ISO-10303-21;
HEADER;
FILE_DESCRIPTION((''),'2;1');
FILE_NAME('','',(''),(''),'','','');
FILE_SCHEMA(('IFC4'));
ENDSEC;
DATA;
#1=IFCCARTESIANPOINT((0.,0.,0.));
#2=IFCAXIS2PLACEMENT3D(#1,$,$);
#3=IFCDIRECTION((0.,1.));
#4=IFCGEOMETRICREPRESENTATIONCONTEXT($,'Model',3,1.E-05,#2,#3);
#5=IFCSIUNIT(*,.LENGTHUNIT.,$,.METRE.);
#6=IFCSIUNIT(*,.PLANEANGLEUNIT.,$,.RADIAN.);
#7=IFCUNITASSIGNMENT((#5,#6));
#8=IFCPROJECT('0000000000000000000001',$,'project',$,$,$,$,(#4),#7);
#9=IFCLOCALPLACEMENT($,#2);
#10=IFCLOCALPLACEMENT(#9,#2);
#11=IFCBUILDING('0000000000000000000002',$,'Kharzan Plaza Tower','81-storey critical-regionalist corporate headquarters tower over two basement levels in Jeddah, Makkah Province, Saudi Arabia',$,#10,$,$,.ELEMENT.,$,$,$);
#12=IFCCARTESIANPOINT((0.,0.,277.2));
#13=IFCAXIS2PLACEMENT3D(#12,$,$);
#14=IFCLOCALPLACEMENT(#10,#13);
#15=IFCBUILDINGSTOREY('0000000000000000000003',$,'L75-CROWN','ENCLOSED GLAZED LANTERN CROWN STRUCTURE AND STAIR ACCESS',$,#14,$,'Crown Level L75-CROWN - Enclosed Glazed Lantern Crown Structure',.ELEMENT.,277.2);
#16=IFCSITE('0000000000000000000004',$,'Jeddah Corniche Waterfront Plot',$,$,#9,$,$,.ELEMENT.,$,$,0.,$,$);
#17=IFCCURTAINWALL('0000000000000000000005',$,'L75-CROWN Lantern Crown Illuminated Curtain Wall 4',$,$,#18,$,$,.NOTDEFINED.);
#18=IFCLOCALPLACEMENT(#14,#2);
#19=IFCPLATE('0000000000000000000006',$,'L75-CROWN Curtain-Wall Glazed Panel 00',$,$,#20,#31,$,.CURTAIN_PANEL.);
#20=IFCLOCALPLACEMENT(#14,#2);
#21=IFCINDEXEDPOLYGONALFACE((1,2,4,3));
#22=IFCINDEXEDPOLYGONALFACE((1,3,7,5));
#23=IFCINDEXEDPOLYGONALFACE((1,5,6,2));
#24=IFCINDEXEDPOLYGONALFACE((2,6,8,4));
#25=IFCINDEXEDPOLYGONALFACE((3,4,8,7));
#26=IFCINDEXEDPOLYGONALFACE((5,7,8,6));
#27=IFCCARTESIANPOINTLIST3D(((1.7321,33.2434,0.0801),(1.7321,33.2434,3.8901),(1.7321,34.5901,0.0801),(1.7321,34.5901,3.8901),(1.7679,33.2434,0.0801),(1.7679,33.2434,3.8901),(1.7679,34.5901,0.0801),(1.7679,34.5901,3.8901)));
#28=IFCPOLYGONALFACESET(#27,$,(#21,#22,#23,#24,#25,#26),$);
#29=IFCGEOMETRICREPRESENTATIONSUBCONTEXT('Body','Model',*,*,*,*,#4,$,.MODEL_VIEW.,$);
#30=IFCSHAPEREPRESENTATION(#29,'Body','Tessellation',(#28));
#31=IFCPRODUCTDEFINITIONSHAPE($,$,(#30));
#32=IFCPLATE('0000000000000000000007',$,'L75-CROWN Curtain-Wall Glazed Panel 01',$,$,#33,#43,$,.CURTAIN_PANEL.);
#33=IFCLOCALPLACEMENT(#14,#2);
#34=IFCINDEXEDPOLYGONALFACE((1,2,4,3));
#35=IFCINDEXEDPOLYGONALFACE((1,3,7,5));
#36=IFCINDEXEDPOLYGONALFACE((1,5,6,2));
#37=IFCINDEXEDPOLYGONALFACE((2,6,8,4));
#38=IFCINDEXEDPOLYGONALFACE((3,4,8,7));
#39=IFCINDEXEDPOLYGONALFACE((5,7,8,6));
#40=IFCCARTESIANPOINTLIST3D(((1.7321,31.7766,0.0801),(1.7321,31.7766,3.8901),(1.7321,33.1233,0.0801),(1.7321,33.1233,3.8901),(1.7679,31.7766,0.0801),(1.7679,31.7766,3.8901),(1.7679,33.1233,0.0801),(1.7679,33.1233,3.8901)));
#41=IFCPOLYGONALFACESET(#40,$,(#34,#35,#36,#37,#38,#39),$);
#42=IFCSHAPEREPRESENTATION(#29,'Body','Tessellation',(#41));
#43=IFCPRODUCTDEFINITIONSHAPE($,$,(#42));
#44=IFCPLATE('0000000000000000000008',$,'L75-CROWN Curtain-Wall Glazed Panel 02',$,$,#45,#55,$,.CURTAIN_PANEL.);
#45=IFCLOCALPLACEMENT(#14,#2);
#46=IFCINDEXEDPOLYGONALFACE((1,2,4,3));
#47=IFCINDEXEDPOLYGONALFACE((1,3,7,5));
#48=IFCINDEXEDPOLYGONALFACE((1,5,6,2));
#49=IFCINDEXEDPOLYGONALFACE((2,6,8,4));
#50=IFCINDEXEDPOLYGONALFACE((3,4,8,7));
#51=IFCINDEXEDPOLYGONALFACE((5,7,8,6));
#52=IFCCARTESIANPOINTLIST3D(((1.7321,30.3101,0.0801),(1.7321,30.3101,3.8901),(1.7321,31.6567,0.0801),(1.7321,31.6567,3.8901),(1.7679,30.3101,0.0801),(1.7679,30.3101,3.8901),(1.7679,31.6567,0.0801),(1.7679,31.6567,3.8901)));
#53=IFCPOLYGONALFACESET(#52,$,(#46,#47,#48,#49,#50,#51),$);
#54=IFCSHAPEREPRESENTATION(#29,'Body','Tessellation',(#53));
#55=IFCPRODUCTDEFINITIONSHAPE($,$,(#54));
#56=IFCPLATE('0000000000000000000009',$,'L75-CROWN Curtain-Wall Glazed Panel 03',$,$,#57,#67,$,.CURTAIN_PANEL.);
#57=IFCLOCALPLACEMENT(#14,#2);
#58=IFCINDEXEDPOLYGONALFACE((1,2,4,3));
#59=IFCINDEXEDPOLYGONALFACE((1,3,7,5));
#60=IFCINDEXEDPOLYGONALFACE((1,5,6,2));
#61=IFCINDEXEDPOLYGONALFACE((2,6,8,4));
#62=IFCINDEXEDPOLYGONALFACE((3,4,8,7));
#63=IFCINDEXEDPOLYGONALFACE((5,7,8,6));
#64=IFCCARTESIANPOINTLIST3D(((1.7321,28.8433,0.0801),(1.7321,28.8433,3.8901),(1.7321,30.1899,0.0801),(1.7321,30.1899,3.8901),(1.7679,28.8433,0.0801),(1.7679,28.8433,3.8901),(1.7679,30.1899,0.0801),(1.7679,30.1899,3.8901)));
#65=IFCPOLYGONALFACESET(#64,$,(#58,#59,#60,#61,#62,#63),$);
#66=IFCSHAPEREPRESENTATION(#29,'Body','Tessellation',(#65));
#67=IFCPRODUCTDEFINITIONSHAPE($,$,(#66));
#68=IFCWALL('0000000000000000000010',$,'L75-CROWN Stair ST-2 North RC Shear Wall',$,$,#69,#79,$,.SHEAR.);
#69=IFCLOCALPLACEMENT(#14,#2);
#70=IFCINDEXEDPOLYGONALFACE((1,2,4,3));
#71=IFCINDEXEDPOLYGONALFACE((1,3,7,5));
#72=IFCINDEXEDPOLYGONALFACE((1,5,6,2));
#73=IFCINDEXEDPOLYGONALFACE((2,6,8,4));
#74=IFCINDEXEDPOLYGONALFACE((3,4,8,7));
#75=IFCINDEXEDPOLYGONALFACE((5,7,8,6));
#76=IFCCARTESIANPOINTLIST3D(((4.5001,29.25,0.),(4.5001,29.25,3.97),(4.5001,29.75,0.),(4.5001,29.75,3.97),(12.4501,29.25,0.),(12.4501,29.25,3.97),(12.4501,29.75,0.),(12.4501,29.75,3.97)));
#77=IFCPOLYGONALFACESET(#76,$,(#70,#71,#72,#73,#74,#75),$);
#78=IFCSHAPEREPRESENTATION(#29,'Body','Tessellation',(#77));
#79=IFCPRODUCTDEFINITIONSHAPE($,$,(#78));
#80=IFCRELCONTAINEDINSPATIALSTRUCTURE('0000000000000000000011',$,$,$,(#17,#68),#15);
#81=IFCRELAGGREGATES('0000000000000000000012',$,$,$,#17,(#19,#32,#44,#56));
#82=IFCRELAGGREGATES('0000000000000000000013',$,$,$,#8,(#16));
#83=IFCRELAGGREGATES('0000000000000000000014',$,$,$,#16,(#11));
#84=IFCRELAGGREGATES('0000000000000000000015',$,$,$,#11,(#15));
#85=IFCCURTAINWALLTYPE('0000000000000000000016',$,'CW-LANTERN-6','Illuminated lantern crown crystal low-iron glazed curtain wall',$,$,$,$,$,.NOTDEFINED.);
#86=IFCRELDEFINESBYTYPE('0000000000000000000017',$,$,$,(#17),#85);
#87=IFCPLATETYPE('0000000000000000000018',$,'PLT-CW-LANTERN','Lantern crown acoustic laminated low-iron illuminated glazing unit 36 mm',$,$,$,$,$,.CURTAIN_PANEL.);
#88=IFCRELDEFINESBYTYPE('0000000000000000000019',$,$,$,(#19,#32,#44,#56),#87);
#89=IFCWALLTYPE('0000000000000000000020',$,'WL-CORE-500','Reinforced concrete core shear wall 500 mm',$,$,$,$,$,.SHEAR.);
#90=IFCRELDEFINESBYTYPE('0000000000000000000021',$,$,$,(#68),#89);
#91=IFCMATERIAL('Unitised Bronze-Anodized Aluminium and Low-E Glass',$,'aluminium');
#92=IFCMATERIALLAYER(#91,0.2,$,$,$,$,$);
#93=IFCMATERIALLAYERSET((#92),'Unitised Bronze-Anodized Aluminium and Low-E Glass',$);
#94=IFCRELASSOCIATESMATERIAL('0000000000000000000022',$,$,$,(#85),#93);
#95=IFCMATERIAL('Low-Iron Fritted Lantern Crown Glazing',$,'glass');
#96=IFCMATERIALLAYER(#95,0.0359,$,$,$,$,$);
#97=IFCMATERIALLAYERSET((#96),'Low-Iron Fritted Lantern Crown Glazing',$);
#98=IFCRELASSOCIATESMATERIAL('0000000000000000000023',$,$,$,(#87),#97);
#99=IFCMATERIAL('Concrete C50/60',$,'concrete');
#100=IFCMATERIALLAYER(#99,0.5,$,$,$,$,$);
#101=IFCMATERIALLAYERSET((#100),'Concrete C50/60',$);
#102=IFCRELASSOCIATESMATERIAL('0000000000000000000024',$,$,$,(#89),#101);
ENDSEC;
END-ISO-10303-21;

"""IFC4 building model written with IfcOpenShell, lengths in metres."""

from ifc_helpers import new_model, si_unit, direction, frame, frame_2d, origin, origin_2d, place, context, subcontext, project, spatial, rectangle, extrude, source, transform, mapped, material, layer, layer_set, type_object, element, aggregate, save


model = new_model("IFC4")

# Units and contexts
model_context = context("Model", 3, precision=1e-05, world=origin(), true_north=direction((0.0, 1.0)))
body_context = subcontext(model_context, "Body", "Model", "MODEL_VIEW")
ifc_project = project(units=[si_unit("LENGTHUNIT", "METRE"), si_unit("PLANEANGLEUNIT", "RADIAN")], contexts=[model_context])

# Site, building, storey
site_placement = place(None, origin())
site = spatial("IfcSite", under=ifc_project, at=site_placement, Name="Jeddah Corniche Waterfront Plot", CompositionType="ELEMENT", RefElevation=0.0)
building_placement = place(site_placement, origin())
building = spatial("IfcBuilding", under=site, at=building_placement, Name="Kharzan Plaza Tower", Description="81-storey critical-regionalist corporate headquarters tower over two basement levels in Jeddah, Makkah Province, Saudi Arabia", CompositionType="ELEMENT")
storey_placement = place(building_placement, frame((0.0, 0.0, 277.2)))
storey = spatial("IfcBuildingStorey", under=building, at=storey_placement, Name="L75-CROWN", Description="ENCLOSED GLAZED LANTERN CROWN STRUCTURE AND STAIR ACCESS", LongName="Crown Level L75-CROWN - Enclosed Glazed Lantern Crown Structure", CompositionType="ELEMENT", Elevation=277.2)

# Curtain wall
ifc_material_1 = material(Name="Unitised Bronze-Anodized Aluminium and Low-E Glass", Category="aluminium")
ifc_layer_1 = layer(ifc_material_1, 0.2)
ifc_layer_set_1 = layer_set([ifc_layer_1], Name="Unitised Bronze-Anodized Aluminium and Low-E Glass")
curtain_wall_type = type_object("IfcCurtainWallType", Name="CW-LANTERN-6", Description="Illuminated lantern crown crystal low-iron glazed curtain wall", PredefinedType="NOTDEFINED", material=ifc_layer_set_1)
curtain_wall_1_placement = place(storey_placement, origin())
curtain_wall_1 = element("IfcCurtainWall", 1, at=curtain_wall_1_placement, inside=storey, type_object=curtain_wall_type, Name="L75-CROWN Lantern Crown Illuminated Curtain Wall 4", PredefinedType="NOTDEFINED")

# Plates
ifc_material_2 = material(Name="Low-Iron Fritted Lantern Crown Glazing", Category="glass")
ifc_layer_2 = layer(ifc_material_2, 0.0359)
ifc_layer_set_2 = layer_set([ifc_layer_2], Name="Low-Iron Fritted Lantern Crown Glazing")
plate_type = type_object("IfcPlateType", Name="PLT-CW-LANTERN", Description="Lantern crown acoustic laminated low-iron illuminated glazing unit 36 mm", PredefinedType="CURTAIN_PANEL", material=ifc_layer_set_2)
shared_shape_1 = source(origin(), body_context, "Body", "SweptSolid", [
    extrude(rectangle(XDim=1.3467, YDim=0.0359, at=origin_2d()), origin(), (0.0, 0.0, 1.0), 3.8101),
])
plate_1_placement = place(storey_placement, frame((1.75, 33.9167, 0.0801), z_axis=(0.0, 0.0, 1.0), x_axis=(0.0, -1.0, 0.0)))
plate_1 = element("IfcPlate", 2, at=plate_1_placement, type_object=plate_type, Name="L75-CROWN Curtain-Wall Glazed Panel 00", PredefinedType="CURTAIN_PANEL", context=body_context, shape_type="MappedRepresentation", body=[
    mapped(shared_shape_1, transform((0.0, 0.0, 0.0), x_axis=(1.0, 0.0, 0.0), y_axis=(0.0, 1.0, 0.0), z_axis=(0.0, 0.0, 1.0))),
])
plate_2_placement = place(storey_placement, frame((1.75, 32.45, 0.0801), z_axis=(0.0, 0.0, 1.0), x_axis=(0.0, -1.0, 0.0)))
plate_2 = element("IfcPlate", 3, at=plate_2_placement, type_object=plate_type, Name="L75-CROWN Curtain-Wall Glazed Panel 01", PredefinedType="CURTAIN_PANEL", context=body_context, shape_type="MappedRepresentation", body=[
    mapped(shared_shape_1, transform((0.0, 0.0, 0.0), x_axis=(1.0, 0.0, 0.0), y_axis=(0.0, 1.0, 0.0), z_axis=(0.0, 0.0, 1.0))),
])
plate_3_placement = place(storey_placement, frame((1.75, 30.9834, 0.0801), z_axis=(0.0, 0.0, 1.0), x_axis=(0.0, -1.0, 0.0)))
plate_3 = element("IfcPlate", 4, at=plate_3_placement, type_object=plate_type, Name="L75-CROWN Curtain-Wall Glazed Panel 02", PredefinedType="CURTAIN_PANEL", context=body_context, shape_type="MappedRepresentation", body=[
    mapped(shared_shape_1, transform((0.0, 0.0, 0.0), x_axis=(1.0, 0.0, 0.0), y_axis=(0.0, 1.0, 0.0), z_axis=(0.0, 0.0, 1.0))),
])
plate_4_placement = place(storey_placement, frame((1.75, 29.5166, 0.0801), z_axis=(0.0, 0.0, 1.0), x_axis=(0.0, -1.0, 0.0)))
plate_4 = element("IfcPlate", 5, at=plate_4_placement, type_object=plate_type, Name="L75-CROWN Curtain-Wall Glazed Panel 03", PredefinedType="CURTAIN_PANEL", context=body_context, shape_type="MappedRepresentation", body=[
    mapped(shared_shape_1, transform((0.0, 0.0, 0.0), x_axis=(1.0, 0.0, 0.0), y_axis=(0.0, 1.0, 0.0), z_axis=(0.0, 0.0, 1.0))),
])
aggregate(curtain_wall_1, [plate_1, plate_2, plate_3, plate_4])

# Wall
ifc_material_3 = material(Name="Concrete C50/60", Category="concrete")
ifc_layer_3 = layer(ifc_material_3, 0.5)
ifc_layer_set_3 = layer_set([ifc_layer_3], Name="Concrete C50/60")
wall_type = type_object("IfcWallType", Name="WL-CORE-500", Description="Reinforced concrete core shear wall 500 mm", PredefinedType="SHEAR", material=ifc_layer_set_3)
shared_shape_2 = source(origin(), body_context, "Body", "SweptSolid", [
    extrude(rectangle(XDim=7.95, YDim=0.5, at=frame_2d((3.9751, 0.0))), origin(), (0.0, 0.0, 1.0), 3.97),
])
wall_placement = place(storey_placement, frame((4.5, 29.5, 0.0), z_axis=(0.0, 0.0, 1.0), x_axis=(1.0, 0.0, 0.0)))
element("IfcWall", 6, at=wall_placement, inside=storey, type_object=wall_type, Name="L75-CROWN Stair ST-2 North RC Shear Wall", PredefinedType="SHEAR", context=body_context, shape_type="MappedRepresentation", body=[
    mapped(shared_shape_2, transform((0.0, 0.0, 0.0), x_axis=(1.0, 0.0, 0.0), y_axis=(0.0, 1.0, 0.0), z_axis=(0.0, 0.0, 1.0))),
])

save(model, "model.ifc")
